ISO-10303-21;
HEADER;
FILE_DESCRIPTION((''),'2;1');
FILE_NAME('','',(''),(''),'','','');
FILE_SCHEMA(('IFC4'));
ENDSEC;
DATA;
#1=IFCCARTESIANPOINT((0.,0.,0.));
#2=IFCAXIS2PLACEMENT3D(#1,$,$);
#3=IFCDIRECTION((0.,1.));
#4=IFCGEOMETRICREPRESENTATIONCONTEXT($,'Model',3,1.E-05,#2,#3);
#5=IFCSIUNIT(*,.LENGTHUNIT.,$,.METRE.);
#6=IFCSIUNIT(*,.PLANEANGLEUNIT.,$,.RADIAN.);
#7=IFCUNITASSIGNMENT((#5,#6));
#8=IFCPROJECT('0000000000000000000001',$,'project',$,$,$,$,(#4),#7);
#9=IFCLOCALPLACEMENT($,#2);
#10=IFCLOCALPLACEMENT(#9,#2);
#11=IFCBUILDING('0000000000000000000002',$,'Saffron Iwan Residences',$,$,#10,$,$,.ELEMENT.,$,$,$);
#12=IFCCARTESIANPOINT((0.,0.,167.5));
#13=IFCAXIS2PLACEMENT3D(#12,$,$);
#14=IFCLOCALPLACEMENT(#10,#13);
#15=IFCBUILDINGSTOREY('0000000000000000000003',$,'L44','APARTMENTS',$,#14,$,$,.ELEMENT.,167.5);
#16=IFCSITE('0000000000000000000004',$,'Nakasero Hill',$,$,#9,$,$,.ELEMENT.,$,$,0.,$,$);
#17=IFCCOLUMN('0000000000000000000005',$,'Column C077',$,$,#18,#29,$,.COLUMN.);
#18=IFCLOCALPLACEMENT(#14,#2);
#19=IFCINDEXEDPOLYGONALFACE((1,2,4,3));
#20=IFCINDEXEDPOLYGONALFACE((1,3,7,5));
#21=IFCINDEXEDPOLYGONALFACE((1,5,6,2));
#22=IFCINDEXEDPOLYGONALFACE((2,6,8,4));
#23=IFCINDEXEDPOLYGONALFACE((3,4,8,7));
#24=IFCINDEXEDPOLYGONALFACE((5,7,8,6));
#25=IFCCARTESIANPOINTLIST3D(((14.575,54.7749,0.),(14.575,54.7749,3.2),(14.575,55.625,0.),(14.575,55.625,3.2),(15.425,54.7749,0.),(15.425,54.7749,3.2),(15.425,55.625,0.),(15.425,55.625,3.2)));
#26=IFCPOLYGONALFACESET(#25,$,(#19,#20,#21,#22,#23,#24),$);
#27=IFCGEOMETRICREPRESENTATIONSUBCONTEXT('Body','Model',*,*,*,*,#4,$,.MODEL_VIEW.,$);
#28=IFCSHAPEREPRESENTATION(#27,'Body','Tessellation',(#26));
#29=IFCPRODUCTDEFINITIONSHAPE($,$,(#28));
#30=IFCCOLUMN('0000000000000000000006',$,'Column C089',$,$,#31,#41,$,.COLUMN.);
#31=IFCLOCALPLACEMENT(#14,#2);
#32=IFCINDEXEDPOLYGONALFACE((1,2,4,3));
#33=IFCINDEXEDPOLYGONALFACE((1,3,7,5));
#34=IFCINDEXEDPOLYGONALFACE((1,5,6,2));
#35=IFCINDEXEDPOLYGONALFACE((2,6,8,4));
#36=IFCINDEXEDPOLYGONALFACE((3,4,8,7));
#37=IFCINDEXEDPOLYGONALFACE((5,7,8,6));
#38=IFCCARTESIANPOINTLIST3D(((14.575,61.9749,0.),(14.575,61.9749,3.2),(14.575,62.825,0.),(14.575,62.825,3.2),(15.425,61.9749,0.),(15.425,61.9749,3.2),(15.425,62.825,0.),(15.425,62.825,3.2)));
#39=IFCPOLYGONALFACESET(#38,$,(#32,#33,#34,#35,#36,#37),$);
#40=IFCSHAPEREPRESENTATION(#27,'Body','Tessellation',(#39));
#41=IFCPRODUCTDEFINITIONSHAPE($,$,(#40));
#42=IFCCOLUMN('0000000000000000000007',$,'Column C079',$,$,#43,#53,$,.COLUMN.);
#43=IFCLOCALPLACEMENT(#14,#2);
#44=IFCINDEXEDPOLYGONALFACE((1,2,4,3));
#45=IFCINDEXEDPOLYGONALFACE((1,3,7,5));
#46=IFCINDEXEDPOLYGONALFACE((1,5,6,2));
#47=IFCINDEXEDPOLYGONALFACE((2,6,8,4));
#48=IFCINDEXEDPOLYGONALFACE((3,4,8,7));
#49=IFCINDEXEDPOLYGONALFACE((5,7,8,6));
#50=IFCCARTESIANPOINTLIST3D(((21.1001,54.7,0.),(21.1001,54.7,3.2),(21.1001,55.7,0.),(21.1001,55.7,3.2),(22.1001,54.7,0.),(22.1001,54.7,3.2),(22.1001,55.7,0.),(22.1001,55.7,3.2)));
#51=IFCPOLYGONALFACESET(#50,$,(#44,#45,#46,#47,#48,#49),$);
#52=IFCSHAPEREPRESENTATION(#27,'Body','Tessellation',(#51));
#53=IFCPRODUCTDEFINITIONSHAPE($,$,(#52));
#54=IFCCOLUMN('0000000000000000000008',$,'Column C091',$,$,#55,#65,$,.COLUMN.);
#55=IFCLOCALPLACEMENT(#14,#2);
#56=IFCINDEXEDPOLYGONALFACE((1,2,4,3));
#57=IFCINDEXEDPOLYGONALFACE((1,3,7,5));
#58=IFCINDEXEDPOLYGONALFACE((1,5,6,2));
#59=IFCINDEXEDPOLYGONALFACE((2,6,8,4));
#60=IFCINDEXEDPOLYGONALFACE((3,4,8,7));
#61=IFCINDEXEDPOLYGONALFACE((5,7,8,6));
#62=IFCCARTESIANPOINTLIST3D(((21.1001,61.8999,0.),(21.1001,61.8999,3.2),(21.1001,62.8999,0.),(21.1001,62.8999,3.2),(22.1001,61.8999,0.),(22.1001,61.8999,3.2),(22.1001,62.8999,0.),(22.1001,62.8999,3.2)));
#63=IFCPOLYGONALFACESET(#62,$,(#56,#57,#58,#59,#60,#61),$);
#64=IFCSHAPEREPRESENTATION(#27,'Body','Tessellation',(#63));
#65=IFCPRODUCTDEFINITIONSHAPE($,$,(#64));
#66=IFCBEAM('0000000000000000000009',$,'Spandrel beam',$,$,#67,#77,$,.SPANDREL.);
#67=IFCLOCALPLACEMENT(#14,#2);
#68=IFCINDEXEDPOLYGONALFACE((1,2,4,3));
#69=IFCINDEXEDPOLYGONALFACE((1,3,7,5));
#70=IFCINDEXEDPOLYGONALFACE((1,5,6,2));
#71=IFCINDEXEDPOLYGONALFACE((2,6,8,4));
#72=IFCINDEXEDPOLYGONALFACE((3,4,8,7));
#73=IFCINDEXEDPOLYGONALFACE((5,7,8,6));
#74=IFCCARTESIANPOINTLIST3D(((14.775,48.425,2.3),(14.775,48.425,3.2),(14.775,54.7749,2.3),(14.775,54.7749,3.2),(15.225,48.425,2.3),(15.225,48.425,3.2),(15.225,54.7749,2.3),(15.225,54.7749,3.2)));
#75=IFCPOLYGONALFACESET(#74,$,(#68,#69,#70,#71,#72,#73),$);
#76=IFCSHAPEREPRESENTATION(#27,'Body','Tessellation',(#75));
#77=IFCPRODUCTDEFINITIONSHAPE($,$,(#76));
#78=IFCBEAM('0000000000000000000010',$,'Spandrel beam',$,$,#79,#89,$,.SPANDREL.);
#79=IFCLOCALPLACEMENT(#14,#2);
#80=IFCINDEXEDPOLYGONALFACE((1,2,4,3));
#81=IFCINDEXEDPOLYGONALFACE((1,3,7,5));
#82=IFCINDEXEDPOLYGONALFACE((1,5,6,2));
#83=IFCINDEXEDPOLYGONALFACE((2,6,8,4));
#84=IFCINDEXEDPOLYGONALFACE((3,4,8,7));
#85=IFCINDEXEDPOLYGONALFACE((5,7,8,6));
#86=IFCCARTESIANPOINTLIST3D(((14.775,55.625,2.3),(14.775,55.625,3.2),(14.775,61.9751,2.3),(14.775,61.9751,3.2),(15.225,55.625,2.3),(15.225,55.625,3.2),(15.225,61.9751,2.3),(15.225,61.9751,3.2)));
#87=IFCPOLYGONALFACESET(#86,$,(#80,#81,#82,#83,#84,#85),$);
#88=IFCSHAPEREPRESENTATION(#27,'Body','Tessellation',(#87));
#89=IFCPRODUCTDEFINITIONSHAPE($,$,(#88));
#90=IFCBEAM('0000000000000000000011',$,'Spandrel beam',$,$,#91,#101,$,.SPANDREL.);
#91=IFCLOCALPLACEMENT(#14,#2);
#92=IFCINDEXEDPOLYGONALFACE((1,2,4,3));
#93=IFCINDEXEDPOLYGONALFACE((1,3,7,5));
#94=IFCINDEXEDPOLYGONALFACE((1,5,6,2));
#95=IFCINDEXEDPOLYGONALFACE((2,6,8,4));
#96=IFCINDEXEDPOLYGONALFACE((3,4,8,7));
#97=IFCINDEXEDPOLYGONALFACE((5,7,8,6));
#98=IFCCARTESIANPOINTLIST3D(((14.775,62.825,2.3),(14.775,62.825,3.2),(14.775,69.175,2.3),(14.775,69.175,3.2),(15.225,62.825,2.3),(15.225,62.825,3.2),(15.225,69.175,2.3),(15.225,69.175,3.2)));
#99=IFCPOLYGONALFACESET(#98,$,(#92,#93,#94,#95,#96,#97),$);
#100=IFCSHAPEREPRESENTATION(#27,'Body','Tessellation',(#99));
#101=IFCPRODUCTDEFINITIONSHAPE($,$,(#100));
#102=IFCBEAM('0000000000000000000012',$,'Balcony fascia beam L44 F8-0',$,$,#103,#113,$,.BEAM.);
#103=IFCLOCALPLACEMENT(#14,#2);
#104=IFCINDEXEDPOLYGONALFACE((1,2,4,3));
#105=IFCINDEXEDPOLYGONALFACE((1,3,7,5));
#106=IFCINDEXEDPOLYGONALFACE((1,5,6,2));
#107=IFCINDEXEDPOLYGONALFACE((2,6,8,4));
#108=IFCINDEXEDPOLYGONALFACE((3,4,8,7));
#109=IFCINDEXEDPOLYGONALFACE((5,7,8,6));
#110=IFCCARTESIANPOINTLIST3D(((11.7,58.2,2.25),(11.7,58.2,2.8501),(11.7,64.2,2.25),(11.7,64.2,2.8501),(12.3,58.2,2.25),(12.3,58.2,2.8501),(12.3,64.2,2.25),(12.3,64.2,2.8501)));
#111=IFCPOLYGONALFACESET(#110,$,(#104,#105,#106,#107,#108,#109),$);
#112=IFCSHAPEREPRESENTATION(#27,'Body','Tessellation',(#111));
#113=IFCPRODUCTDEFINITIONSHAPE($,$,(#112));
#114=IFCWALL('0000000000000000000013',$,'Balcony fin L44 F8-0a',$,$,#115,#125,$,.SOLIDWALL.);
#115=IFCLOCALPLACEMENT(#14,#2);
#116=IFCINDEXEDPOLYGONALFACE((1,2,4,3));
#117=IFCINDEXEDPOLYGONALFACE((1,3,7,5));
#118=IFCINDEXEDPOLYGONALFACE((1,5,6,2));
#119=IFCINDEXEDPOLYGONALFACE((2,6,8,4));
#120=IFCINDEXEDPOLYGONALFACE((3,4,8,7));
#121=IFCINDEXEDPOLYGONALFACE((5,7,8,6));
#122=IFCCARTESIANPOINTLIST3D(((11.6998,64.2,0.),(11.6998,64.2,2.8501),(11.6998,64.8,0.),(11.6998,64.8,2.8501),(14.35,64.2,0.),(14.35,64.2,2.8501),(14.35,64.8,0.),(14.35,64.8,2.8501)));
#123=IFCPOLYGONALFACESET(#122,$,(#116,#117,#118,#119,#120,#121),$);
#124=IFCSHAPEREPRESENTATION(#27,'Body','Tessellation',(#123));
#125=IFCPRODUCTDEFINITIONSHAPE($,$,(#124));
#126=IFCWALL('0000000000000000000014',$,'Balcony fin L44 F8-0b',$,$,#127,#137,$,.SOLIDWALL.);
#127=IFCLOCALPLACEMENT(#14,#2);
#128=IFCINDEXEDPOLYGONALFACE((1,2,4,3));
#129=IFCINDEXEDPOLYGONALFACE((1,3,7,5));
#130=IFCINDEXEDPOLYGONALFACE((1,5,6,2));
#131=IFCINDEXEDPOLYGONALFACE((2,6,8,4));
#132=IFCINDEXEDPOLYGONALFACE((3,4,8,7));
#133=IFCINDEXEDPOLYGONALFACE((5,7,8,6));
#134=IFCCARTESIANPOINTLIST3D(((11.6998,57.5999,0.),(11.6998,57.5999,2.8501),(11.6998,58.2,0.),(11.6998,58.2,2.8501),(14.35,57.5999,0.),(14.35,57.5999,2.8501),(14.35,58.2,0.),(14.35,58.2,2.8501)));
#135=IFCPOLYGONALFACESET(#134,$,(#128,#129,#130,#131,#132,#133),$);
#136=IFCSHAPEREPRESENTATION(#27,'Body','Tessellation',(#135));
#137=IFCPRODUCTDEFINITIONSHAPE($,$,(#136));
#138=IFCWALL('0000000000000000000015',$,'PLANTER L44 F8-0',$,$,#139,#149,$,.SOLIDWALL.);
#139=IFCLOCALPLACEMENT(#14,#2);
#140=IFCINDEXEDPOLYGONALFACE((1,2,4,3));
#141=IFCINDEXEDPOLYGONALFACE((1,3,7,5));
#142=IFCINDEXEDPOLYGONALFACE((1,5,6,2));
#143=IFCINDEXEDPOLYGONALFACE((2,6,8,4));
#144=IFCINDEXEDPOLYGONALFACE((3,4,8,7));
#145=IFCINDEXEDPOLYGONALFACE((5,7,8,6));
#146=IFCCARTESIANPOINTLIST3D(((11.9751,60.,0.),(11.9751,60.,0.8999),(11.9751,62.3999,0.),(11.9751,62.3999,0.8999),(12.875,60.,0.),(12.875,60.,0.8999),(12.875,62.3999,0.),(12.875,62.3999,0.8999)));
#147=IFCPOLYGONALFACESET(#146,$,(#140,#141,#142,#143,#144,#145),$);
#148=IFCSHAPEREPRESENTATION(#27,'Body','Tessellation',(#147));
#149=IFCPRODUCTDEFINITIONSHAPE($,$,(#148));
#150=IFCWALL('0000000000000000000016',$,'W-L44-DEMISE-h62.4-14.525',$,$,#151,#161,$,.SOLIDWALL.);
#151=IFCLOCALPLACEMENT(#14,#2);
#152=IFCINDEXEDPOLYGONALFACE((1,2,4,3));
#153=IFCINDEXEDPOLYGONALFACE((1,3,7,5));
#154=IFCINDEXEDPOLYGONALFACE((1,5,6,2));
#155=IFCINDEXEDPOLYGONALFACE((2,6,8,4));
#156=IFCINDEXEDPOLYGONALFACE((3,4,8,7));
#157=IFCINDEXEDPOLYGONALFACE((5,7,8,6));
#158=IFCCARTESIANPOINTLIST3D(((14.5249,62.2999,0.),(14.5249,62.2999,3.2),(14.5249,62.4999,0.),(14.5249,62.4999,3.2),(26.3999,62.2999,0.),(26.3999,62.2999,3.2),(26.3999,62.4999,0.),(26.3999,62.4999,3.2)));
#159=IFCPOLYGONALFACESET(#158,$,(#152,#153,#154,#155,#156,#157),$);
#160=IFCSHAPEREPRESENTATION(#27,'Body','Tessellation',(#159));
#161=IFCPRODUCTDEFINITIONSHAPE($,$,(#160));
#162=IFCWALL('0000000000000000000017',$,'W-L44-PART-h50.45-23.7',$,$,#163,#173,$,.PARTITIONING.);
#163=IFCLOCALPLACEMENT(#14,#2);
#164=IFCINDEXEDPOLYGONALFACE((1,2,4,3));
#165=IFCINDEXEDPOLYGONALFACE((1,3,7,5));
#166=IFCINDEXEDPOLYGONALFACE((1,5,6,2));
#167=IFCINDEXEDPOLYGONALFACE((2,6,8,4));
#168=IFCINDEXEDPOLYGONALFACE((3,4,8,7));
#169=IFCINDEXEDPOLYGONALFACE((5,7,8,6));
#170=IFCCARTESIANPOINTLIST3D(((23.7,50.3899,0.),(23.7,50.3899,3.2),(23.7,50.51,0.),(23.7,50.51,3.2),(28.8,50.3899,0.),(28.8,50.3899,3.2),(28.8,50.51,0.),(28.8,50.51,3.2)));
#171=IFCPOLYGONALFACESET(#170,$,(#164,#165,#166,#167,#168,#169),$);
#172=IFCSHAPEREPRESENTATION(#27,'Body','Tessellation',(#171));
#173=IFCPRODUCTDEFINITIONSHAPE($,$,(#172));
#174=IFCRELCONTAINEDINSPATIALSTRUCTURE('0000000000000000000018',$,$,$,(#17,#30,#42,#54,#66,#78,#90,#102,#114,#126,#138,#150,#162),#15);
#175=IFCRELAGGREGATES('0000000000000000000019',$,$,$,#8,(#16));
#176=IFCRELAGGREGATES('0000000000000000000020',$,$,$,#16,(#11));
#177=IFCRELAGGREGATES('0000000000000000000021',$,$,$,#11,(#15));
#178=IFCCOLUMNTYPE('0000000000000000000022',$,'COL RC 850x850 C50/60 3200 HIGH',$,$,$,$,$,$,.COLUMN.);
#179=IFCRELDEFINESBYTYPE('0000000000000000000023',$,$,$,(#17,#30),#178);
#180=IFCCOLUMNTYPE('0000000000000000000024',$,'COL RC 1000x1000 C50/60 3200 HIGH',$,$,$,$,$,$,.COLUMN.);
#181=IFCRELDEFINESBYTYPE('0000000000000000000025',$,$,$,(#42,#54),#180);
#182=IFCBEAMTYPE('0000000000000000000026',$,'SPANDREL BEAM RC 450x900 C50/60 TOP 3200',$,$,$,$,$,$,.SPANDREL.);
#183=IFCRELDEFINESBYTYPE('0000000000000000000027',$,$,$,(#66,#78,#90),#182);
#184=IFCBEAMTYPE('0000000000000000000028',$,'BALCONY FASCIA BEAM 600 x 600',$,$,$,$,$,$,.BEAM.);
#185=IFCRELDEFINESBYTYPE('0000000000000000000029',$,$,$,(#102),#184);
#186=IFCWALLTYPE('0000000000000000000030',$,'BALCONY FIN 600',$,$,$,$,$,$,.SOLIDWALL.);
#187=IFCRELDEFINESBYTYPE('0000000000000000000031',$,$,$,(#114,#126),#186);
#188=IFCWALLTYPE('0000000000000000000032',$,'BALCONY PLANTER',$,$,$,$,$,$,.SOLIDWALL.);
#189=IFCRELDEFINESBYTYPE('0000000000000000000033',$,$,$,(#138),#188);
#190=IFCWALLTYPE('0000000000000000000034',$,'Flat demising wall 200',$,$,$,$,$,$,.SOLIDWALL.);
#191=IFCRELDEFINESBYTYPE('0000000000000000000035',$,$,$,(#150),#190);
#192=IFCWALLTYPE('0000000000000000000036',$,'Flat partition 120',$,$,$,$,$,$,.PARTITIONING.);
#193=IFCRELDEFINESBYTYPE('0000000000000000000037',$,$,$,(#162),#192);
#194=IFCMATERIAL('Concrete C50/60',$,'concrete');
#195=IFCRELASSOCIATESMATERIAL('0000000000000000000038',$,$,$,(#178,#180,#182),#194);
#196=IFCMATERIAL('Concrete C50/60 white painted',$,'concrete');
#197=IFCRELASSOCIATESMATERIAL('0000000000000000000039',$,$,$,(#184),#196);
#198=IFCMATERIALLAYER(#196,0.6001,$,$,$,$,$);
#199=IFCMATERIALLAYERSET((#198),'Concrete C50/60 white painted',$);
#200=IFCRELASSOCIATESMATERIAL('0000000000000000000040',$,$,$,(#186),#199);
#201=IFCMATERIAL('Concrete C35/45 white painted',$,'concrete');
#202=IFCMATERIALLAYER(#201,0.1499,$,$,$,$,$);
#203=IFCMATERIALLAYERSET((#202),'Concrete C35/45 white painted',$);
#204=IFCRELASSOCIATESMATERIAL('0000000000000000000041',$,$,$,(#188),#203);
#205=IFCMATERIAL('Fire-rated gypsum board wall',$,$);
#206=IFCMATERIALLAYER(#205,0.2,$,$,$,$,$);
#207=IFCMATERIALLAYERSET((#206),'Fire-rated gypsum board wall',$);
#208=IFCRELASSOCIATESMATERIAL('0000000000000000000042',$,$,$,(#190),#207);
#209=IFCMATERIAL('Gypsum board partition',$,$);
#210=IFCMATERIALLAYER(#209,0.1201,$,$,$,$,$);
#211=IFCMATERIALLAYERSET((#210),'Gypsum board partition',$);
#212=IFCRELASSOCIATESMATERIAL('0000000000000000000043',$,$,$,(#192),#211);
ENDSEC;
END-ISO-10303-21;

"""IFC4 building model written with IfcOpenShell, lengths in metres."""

from ifc_helpers import new_model, si_unit, direction, frame, frame_2d, origin, origin_2d, place, context, subcontext, project, spatial, rectangle, extrude, source, transform, mapped, material, layer, layer_set, material_profile, profile_set, type_object, element, save


model = new_model("IFC4")

# Units and contexts
model_context = context("Model", 3, precision=1e-05, world=origin(), true_north=direction((0.0, 1.0)))
body_context = subcontext(model_context, "Body", "Model", "MODEL_VIEW")
ifc_project = project(units=[si_unit("LENGTHUNIT", "METRE"), si_unit("PLANEANGLEUNIT", "RADIAN")], contexts=[model_context])

# Site, building, storey
site_placement = place(None, origin())
site = spatial("IfcSite", under=ifc_project, at=site_placement, Name="Nakasero Hill", CompositionType="ELEMENT", RefElevation=0.0)
building_placement = place(site_placement, origin())
building = spatial("IfcBuilding", under=site, at=building_placement, Name="Saffron Iwan Residences", CompositionType="ELEMENT")
storey_placement = place(building_placement, frame((0.0, 0.0, 167.5)))
storey = spatial("IfcBuildingStorey", under=building, at=storey_placement, Name="L44", Description="APARTMENTS", CompositionType="ELEMENT", Elevation=167.5)

# Columns
ifc_material_1 = material(Name="Concrete C50/60", Category="concrete")
ifc_material_profile_1 = material_profile(ifc_material_1, rectangle(XDim=0.8501, YDim=0.8501, at=origin_2d()), Name="RC 850x850")
ifc_profile_set_1 = profile_set([ifc_material_profile_1], Name="Concrete C50/60")
column_type_1 = type_object("IfcColumnType", Name="COL RC 850x850 C50/60 3200 HIGH", PredefinedType="COLUMN", material=ifc_profile_set_1)
shared_shape_1 = source(origin(), body_context, "Body", "SweptSolid", [
    extrude(rectangle(XDim=0.8501, YDim=0.8501, at=origin_2d()), origin(), (0.0, 0.0, 1.0), 3.2),
])
for number, where, z_axis, x_axis, name in (
    (1, (15.0, 55.2, 0.0), (0.0, 0.0, 1.0), (1.0, 0.0, 0.0), "Column C077"),
    (2, (15.0, 62.3999, 0.0), (0.0, 0.0, 1.0), (1.0, 0.0, 0.0), "Column C089"),
):
    element("IfcColumn", number, at=place(storey_placement, frame(where, z_axis=z_axis, x_axis=x_axis)), inside=storey, type_object=column_type_1, Name=name, PredefinedType="COLUMN", context=body_context, shape_type="MappedRepresentation", body=[
        mapped(shared_shape_1, transform((0.0, 0.0, 0.0))),
    ])
ifc_material_profile_2 = material_profile(ifc_material_1, rectangle(XDim=1.0, YDim=1.0, at=origin_2d()), Name="RC 1000x1000")
ifc_profile_set_2 = profile_set([ifc_material_profile_2], Name="Concrete C50/60")
column_type_2 = type_object("IfcColumnType", Name="COL RC 1000x1000 C50/60 3200 HIGH", PredefinedType="COLUMN", material=ifc_profile_set_2)
shared_shape_2 = source(origin(), body_context, "Body", "SweptSolid", [
    extrude(rectangle(XDim=1.0, YDim=1.0, at=origin_2d()), origin(), (0.0, 0.0, 1.0), 3.2),
])
for number, where, z_axis, x_axis, name in (
    (3, (21.6001, 55.2, 0.0), (0.0, 0.0, 1.0), (1.0, 0.0, 0.0), "Column C079"),
    (4, (21.6001, 62.3999, 0.0), (0.0, 0.0, 1.0), (1.0, 0.0, 0.0), "Column C091"),
):
    element("IfcColumn", number, at=place(storey_placement, frame(where, z_axis=z_axis, x_axis=x_axis)), inside=storey, type_object=column_type_2, Name=name, PredefinedType="COLUMN", context=body_context, shape_type="MappedRepresentation", body=[
        mapped(shared_shape_2, transform((0.0, 0.0, 0.0))),
    ])

# Beams
ifc_material_profile_3 = material_profile(ifc_material_1, rectangle(XDim=0.45, YDim=0.8999, at=origin_2d()), Name="RC 450x900")
ifc_profile_set_3 = profile_set([ifc_material_profile_3], Name="Concrete C50/60")
beam_type_1 = type_object("IfcBeamType", Name="SPANDREL BEAM RC 450x900 C50/60 TOP 3200", PredefinedType="SPANDREL", material=ifc_profile_set_3)
shared_shape_3 = source(origin(), body_context, "Body", "SweptSolid", [
    extrude(rectangle(XDim=0.45, YDim=0.8999, at=origin_2d()), origin(), (0.0, 0.0, 1.0), 6.3499),
])
beam_1_placement = place(storey_placement, frame((15.0, 48.425, 2.75), z_axis=(0.0, 1.0, 0.0), x_axis=(-1.0, 0.0, 0.0)))
element("IfcBeam", 5, at=beam_1_placement, inside=storey, type_object=beam_type_1, Name="Spandrel beam", PredefinedType="SPANDREL", context=body_context, shape_type="MappedRepresentation", body=[
    mapped(shared_shape_3, transform((0.0, 0.0, 0.0))),
])
shared_shape_4 = source(origin(), body_context, "Body", "SweptSolid", [
    extrude(rectangle(XDim=0.45, YDim=0.8999, at=origin_2d()), origin(), (0.0, 0.0, 1.0), 6.3501),
])
for number, where, z_axis, x_axis, name in (
    (6, (15.0, 55.625, 2.75), (0.0, 1.0, 0.0), (-1.0, 0.0, 0.0), "Spandrel beam"),
    (7, (15.0, 62.825, 2.75), (0.0, 1.0, 0.0), (-1.0, 0.0, 0.0), "Spandrel beam"),
):
    element("IfcBeam", number, at=place(storey_placement, frame(where, z_axis=z_axis, x_axis=x_axis)), inside=storey, type_object=beam_type_1, Name=name, PredefinedType="SPANDREL", context=body_context, shape_type="MappedRepresentation", body=[
        mapped(shared_shape_4, transform((0.0, 0.0, 0.0))),
    ])
ifc_material_2 = material(Name="Concrete C50/60 white painted", Category="concrete")
ifc_material_profile_4 = material_profile(ifc_material_2, rectangle(XDim=0.6001, YDim=0.6001, at=origin_2d()), Name="BALCONY FASCIA BEAM 600 x 600")
ifc_profile_set_4 = profile_set([ifc_material_profile_4], Name="Concrete C50/60 white painted")
beam_type_2 = type_object("IfcBeamType", Name="BALCONY FASCIA BEAM 600 x 600", PredefinedType="BEAM", material=ifc_profile_set_4)
shared_shape_5 = source(origin(), body_context, "Body", "SweptSolid", [
    extrude(rectangle(XDim=0.6001, YDim=0.6001, at=origin_2d()), origin(), (0.0, 0.0, 1.0), 6.0),
])
beam_2_placement = place(storey_placement, frame((12.0, 64.2, 2.55), z_axis=(0.0, -1.0, 0.0), x_axis=(1.0, 0.0, 0.0)))
element("IfcBeam", 8, at=beam_2_placement, inside=storey, type_object=beam_type_2, Name="Balcony fascia beam L44 F8-0", PredefinedType="BEAM", context=body_context, shape_type="MappedRepresentation", body=[
    mapped(shared_shape_5, transform((0.0, 0.0, 0.0))),
])

# Walls
ifc_layer_1 = layer(ifc_material_2, 0.6001)
ifc_layer_set_1 = layer_set([ifc_layer_1], Name="Concrete C50/60 white painted")
wall_type_1 = type_object("IfcWallType", Name="BALCONY FIN 600", PredefinedType="SOLIDWALL", material=ifc_layer_set_1)
for number, where, z_axis, x_axis, name in (
    (9, (14.3501, 64.5, 0.0), (0.0, 0.0, 1.0), (-1.0, 0.0, 0.0), "Balcony fin L44 F8-0a"),
    (10, (14.3501, 57.8999, 0.0), (0.0, 0.0, 1.0), (-1.0, 0.0, 0.0), "Balcony fin L44 F8-0b"),
):
    element("IfcWall", number, at=place(storey_placement, frame(where, z_axis=z_axis, x_axis=x_axis)), inside=storey, type_object=wall_type_1, Name=name, PredefinedType="SOLIDWALL", context=body_context, shape_type="SweptSolid", body=[
        extrude(rectangle(XDim=2.6501, YDim=0.6001, at=frame_2d((1.3252, 0.0))), origin(), (0.0, 0.0, 1.0), 2.8501),
    ])
ifc_material_3 = material(Name="Concrete C35/45 white painted", Category="concrete")
ifc_layer_2 = layer(ifc_material_3, 0.1499)
ifc_layer_set_2 = layer_set([ifc_layer_2], Name="Concrete C35/45 white painted")
wall_type_2 = type_object("IfcWallType", Name="BALCONY PLANTER", PredefinedType="SOLIDWALL", material=ifc_layer_set_2)
wall_1_placement = place(storey_placement, frame((12.425, 62.3999, 0.0), z_axis=(0.0, 0.0, 1.0), x_axis=(0.0, -1.0, 0.0)))
element("IfcWall", 11, at=wall_1_placement, inside=storey, type_object=wall_type_2, Name="PLANTER L44 F8-0", PredefinedType="SOLIDWALL", context=body_context, shape_type="SweptSolid", body=[
    extrude(rectangle(XDim=2.3999, YDim=0.8999, at=frame_2d((1.2, 0.0))), origin(), (0.0, 0.0, 1.0), 0.8999),
])
ifc_material_4 = material(Name="Fire-rated gypsum board wall")
ifc_layer_3 = layer(ifc_material_4, 0.2)
ifc_layer_set_3 = layer_set([ifc_layer_3], Name="Fire-rated gypsum board wall")
wall_type_3 = type_object("IfcWallType", Name="Flat demising wall 200", PredefinedType="SOLIDWALL", material=ifc_layer_set_3)
wall_2_placement = place(storey_placement, frame((14.5249, 62.3999, 0.0), z_axis=(0.0, 0.0, 1.0), x_axis=(1.0, 0.0, 0.0)))
element("IfcWall", 12, at=wall_2_placement, inside=storey, type_object=wall_type_3, Name="W-L44-DEMISE-h62.4-14.525", PredefinedType="SOLIDWALL", context=body_context, shape_type="SweptSolid", body=[
    extrude(rectangle(XDim=11.875, YDim=0.2, at=frame_2d((5.9375, 0.0))), origin(), (0.0, 0.0, 1.0), 3.2),
])
ifc_material_5 = material(Name="Gypsum board partition")
ifc_layer_4 = layer(ifc_material_5, 0.1201)
ifc_layer_set_4 = layer_set([ifc_layer_4], Name="Gypsum board partition")
wall_type_4 = type_object("IfcWallType", Name="Flat partition 120", PredefinedType="PARTITIONING", material=ifc_layer_set_4)
wall_3_placement = place(storey_placement, frame((23.7, 50.45, 0.0), z_axis=(0.0, 0.0, 1.0), x_axis=(1.0, 0.0, 0.0)))
element("IfcWall", 13, at=wall_3_placement, inside=storey, type_object=wall_type_4, Name="W-L44-PART-h50.45-23.7", PredefinedType="PARTITIONING", context=body_context, shape_type="SweptSolid", body=[
    extrude(rectangle(XDim=5.1001, YDim=0.1201, at=frame_2d((2.55, 0.0))), origin(), (0.0, 0.0, 1.0), 3.2),
])

save(model, "model.ifc")
